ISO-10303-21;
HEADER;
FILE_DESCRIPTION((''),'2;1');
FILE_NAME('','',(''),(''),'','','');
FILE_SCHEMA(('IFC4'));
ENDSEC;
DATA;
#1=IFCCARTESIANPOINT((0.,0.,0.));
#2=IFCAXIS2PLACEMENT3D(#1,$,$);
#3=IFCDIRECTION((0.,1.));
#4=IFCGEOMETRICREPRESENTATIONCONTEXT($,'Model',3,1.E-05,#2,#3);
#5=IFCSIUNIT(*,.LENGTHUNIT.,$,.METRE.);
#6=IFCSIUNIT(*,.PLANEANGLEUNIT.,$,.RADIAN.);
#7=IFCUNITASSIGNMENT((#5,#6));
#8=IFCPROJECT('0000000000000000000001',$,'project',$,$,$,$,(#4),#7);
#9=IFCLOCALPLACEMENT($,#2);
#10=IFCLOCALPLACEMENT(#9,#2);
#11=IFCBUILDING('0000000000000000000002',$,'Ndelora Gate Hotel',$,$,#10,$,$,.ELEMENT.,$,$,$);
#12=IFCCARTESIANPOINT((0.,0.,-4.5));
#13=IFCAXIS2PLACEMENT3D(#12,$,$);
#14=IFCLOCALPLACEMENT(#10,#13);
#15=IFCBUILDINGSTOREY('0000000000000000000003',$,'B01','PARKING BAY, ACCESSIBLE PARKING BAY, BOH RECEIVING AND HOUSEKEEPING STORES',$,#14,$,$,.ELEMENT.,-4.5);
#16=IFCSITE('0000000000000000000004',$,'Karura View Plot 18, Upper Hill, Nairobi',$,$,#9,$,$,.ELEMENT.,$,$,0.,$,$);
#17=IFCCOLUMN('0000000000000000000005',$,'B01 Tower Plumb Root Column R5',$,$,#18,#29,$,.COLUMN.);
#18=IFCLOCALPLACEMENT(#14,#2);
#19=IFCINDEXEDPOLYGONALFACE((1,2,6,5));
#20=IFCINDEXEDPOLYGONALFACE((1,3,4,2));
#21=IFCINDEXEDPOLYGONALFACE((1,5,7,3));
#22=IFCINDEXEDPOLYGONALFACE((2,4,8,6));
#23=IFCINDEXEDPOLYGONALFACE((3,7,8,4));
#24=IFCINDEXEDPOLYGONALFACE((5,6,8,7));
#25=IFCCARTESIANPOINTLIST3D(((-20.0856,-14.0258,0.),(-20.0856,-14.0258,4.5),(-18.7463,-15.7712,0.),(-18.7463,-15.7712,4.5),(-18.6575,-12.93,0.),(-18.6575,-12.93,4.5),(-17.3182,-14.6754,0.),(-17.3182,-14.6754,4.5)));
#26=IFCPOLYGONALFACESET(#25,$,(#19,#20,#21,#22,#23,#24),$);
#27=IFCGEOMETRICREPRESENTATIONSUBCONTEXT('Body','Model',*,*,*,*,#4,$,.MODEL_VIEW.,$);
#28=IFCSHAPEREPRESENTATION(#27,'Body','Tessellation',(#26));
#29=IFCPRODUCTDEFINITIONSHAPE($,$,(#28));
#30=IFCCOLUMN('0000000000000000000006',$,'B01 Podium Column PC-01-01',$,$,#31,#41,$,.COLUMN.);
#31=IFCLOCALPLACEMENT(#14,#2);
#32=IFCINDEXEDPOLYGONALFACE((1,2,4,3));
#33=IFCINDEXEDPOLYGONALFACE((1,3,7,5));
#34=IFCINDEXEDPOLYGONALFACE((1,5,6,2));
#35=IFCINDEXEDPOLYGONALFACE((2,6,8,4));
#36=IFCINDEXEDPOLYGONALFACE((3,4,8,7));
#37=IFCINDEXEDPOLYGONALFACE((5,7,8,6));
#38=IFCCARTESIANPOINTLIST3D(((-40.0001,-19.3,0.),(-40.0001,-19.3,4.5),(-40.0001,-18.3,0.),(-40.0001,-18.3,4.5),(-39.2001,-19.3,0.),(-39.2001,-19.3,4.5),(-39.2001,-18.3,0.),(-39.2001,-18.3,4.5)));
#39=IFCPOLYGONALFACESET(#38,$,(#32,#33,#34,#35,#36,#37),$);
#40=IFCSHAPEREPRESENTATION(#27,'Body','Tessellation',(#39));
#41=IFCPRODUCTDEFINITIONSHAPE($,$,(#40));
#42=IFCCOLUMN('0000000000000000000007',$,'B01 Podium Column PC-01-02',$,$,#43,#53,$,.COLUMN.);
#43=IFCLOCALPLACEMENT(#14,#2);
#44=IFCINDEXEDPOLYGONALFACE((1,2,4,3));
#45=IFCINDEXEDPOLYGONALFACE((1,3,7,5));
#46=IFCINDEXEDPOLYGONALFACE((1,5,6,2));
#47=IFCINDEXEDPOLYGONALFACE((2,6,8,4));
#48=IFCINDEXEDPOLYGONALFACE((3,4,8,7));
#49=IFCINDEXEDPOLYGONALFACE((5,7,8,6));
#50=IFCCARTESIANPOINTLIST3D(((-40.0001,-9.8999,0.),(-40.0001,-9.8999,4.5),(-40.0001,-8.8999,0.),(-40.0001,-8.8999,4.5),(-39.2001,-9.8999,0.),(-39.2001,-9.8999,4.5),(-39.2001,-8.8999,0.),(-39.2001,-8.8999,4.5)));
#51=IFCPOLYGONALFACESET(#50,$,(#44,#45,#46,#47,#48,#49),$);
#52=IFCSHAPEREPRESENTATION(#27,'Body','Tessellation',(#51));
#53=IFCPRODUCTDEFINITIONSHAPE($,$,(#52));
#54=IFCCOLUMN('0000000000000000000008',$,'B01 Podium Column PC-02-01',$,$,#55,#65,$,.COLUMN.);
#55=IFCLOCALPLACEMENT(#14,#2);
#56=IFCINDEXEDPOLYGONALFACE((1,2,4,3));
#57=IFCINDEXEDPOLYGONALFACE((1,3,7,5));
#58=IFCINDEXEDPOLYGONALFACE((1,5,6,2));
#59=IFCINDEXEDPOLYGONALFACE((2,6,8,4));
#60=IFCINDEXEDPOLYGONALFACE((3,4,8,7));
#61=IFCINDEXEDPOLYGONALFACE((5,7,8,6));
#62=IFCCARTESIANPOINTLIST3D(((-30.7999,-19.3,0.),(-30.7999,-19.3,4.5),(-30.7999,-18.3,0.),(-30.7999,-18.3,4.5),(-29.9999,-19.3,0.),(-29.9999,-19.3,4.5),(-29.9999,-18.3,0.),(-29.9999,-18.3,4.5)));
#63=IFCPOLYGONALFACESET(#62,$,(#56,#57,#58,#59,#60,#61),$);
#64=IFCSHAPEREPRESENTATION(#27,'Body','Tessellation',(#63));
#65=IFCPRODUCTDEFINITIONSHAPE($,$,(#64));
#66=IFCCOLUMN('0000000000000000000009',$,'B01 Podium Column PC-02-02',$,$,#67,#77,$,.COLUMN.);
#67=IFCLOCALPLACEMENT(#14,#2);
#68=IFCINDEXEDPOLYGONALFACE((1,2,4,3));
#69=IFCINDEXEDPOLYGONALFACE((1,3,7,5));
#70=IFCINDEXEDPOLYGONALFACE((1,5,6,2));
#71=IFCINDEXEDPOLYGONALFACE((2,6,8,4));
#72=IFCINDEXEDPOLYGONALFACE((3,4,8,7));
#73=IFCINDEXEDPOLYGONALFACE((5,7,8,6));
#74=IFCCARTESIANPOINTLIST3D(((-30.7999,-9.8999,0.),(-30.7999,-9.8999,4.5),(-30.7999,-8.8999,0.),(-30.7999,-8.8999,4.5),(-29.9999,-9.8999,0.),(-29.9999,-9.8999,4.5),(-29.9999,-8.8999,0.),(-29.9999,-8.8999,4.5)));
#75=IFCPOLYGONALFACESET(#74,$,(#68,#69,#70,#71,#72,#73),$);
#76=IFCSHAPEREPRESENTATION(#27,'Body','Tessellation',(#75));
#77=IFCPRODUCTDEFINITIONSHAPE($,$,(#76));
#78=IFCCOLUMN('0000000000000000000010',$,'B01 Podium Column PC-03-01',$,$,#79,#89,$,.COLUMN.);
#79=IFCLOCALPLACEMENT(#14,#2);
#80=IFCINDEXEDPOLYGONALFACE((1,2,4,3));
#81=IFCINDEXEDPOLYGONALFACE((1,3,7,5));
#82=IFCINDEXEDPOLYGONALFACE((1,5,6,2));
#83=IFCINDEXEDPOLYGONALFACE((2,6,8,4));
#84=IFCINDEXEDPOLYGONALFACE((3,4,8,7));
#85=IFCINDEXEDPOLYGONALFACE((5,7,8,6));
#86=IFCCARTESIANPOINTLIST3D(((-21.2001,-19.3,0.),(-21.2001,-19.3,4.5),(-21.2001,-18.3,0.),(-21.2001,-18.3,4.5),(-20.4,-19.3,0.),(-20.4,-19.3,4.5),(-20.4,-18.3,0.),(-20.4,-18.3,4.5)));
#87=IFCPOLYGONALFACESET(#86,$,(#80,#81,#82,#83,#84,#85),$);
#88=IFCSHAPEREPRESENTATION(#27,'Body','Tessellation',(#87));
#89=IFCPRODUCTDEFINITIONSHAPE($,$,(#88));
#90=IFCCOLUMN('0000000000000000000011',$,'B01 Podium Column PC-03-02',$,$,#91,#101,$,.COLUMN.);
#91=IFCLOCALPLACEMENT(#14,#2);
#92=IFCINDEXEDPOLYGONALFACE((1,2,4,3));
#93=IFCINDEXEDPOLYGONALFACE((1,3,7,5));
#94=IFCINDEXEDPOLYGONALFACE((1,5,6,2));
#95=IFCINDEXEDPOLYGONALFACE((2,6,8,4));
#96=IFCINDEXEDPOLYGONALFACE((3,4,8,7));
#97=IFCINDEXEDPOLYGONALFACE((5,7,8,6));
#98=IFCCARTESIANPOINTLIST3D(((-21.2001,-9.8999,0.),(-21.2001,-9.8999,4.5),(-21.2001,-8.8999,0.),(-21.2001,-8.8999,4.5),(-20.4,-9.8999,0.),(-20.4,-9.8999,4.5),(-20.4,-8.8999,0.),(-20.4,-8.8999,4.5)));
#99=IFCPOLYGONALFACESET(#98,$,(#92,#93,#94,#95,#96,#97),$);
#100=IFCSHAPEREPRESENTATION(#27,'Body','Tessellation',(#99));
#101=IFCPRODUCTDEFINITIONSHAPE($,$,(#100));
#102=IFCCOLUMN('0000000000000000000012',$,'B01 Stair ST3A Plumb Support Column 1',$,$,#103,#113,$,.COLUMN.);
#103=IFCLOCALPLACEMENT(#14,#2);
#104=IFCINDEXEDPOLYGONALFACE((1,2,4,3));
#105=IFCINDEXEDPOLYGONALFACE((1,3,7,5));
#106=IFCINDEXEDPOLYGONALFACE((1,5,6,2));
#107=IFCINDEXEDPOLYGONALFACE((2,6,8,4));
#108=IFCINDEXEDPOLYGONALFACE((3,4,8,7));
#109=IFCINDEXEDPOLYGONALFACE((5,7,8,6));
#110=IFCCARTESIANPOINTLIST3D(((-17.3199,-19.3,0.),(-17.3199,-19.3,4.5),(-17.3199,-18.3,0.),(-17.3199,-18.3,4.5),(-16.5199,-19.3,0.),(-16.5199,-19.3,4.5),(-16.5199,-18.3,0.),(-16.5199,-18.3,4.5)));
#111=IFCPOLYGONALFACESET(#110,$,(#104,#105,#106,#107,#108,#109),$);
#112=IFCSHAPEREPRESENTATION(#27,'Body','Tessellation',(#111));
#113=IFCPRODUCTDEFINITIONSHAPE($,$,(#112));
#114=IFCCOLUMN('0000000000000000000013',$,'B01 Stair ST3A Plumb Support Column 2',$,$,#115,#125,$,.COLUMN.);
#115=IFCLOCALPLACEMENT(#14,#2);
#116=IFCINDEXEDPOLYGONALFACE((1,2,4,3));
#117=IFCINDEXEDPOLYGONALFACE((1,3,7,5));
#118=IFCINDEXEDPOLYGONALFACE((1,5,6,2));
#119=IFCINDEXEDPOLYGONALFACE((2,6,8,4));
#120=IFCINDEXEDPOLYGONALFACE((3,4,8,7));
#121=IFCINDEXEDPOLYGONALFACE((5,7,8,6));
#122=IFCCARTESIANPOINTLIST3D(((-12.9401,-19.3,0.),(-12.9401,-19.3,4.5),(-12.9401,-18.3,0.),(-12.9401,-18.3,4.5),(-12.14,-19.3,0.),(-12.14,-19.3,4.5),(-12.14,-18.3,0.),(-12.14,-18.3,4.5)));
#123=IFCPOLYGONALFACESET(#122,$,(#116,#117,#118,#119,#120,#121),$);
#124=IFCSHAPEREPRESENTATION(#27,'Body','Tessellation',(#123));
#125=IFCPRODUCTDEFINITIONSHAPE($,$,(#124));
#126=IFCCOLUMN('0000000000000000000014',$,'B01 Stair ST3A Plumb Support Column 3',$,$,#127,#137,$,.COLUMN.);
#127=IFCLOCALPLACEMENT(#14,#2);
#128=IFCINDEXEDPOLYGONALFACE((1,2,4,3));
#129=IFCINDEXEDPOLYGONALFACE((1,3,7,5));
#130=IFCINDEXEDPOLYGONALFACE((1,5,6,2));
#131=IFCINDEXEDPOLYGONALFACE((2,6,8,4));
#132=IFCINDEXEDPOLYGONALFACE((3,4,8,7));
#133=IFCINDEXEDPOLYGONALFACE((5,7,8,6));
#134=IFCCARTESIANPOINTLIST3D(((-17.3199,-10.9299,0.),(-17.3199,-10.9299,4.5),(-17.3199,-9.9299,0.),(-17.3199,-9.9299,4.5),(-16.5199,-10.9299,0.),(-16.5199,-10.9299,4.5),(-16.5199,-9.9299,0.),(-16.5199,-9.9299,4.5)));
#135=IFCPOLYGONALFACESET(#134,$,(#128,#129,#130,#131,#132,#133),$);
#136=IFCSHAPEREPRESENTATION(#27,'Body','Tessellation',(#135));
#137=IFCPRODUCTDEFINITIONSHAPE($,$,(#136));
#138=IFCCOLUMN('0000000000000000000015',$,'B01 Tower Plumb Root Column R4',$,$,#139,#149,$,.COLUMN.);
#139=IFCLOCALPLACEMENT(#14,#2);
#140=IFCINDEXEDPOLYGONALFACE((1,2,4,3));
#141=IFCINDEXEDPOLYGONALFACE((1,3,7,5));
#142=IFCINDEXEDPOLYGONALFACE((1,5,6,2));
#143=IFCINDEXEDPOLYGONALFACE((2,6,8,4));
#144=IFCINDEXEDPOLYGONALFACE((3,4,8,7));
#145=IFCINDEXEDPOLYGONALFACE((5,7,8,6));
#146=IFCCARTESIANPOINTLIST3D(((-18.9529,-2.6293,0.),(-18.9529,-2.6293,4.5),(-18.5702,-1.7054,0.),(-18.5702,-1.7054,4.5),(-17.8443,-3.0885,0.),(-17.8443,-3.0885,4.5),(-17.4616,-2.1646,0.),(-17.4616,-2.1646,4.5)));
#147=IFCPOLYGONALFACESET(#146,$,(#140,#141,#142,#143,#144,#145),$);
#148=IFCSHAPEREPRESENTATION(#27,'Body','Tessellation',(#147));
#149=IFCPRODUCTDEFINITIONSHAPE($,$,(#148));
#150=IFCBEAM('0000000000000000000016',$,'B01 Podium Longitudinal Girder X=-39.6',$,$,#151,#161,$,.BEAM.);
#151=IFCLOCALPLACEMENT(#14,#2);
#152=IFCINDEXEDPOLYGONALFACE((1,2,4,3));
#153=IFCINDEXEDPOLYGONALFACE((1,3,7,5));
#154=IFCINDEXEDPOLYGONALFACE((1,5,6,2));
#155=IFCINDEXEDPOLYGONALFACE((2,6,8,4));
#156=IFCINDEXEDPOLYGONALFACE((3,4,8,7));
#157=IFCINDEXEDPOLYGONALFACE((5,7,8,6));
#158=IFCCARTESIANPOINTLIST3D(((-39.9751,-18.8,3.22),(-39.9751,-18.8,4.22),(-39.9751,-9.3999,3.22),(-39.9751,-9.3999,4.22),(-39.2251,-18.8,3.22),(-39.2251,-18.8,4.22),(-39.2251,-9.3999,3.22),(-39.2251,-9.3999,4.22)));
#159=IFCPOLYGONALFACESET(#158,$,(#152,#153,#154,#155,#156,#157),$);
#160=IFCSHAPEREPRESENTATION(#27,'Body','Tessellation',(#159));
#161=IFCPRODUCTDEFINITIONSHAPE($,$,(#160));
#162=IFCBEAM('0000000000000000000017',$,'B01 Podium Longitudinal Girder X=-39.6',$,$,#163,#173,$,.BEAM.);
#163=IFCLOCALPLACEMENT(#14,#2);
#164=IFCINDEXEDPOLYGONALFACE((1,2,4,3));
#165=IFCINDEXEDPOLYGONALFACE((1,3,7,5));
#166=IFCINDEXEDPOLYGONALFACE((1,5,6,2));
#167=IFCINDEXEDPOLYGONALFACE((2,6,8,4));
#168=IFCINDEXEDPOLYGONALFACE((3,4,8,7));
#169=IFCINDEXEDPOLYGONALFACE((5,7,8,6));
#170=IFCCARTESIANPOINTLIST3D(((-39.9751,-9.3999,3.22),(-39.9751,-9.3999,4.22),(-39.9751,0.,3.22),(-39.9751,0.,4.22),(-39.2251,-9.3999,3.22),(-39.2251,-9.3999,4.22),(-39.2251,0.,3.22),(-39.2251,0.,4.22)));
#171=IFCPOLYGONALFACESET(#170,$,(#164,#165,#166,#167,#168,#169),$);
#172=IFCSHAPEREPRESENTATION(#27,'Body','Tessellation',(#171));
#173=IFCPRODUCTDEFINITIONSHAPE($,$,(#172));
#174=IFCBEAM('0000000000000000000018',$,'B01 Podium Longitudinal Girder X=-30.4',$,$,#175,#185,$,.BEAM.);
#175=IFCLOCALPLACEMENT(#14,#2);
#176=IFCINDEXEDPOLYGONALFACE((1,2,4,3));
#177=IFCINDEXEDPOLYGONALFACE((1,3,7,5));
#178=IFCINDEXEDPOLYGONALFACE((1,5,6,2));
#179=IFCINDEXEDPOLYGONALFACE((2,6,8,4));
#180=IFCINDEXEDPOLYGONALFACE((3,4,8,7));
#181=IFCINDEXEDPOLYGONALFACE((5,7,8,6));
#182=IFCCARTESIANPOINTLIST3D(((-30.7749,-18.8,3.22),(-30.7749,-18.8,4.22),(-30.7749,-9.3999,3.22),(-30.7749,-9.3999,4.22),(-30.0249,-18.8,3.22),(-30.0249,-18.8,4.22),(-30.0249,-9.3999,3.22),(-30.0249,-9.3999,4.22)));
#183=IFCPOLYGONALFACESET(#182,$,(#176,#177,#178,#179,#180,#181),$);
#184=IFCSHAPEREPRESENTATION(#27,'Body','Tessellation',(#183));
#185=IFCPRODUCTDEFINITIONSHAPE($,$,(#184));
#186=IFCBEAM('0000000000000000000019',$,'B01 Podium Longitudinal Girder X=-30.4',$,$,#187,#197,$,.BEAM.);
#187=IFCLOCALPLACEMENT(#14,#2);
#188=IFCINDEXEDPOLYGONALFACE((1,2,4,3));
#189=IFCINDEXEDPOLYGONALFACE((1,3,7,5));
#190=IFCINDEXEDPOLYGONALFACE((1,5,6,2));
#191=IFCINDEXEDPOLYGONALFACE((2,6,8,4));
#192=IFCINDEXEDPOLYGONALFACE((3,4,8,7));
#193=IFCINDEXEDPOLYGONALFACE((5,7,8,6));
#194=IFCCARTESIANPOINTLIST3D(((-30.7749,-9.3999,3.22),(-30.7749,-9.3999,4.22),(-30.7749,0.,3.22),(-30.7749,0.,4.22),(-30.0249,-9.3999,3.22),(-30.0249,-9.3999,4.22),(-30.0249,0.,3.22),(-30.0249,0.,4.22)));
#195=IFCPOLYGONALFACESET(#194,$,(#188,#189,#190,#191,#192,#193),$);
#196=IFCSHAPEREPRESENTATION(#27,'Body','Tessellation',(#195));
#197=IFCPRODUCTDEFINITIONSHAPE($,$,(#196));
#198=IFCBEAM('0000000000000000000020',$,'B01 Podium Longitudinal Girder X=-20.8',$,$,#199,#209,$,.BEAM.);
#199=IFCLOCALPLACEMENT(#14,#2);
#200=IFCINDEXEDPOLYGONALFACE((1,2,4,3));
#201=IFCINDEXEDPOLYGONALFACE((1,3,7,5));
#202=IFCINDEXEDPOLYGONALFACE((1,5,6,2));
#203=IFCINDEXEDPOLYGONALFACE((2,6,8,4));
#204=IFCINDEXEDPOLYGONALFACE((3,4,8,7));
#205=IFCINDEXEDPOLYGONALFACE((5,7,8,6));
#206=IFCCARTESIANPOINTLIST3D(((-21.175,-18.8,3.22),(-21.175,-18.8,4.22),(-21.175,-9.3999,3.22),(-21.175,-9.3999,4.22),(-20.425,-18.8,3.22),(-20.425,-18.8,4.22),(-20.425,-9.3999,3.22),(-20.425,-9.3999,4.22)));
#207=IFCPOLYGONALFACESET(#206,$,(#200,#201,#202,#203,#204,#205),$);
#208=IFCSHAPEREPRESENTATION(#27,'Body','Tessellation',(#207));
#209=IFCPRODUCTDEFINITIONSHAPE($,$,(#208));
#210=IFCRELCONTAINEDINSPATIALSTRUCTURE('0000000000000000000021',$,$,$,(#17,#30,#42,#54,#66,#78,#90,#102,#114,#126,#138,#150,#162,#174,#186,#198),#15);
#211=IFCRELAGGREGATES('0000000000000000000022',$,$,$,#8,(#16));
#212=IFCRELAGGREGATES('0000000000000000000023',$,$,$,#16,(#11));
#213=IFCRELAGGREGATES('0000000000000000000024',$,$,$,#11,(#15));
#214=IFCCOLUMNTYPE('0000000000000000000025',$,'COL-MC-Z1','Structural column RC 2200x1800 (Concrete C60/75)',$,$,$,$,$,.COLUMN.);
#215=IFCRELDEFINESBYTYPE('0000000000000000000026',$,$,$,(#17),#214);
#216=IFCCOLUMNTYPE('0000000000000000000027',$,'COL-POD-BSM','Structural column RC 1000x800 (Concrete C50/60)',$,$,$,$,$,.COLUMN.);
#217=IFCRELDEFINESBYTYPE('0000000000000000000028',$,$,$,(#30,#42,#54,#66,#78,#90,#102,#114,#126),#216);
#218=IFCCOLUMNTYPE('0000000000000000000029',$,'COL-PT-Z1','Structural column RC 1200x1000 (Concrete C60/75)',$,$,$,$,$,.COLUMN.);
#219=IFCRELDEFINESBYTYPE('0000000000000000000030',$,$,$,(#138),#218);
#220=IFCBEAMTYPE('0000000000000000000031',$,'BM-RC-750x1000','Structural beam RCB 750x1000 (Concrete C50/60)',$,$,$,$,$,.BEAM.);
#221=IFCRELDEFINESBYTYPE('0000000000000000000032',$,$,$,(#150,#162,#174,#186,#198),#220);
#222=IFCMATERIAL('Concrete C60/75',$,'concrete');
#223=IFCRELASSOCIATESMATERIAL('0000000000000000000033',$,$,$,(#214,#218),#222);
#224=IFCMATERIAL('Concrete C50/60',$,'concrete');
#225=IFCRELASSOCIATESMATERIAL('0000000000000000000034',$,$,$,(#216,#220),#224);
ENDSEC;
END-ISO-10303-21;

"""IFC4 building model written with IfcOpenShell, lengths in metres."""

from ifc_helpers import new_model, si_unit, direction, frame, origin, origin_2d, place, context, subcontext, project, spatial, rectangle, extrude, material, material_profile, profile_set, type_object, element, save


model = new_model("IFC4")

# Units and contexts
model_context = context("Model", 3, precision=1e-05, world=origin(), true_north=direction((0.0, 1.0)))
body_context = subcontext(model_context, "Body", "Model", "MODEL_VIEW")
ifc_project = project(units=[si_unit("LENGTHUNIT", "METRE"), si_unit("PLANEANGLEUNIT", "RADIAN")], contexts=[model_context])

# Site, building, storey
site_placement = place(None, origin())
site = spatial("IfcSite", under=ifc_project, at=site_placement, Name="Karura View Plot 18, Upper Hill, Nairobi", CompositionType="ELEMENT", RefElevation=0.0)
building_placement = place(site_placement, origin())
building = spatial("IfcBuilding", under=site, at=building_placement, Name="Ndelora Gate Hotel", CompositionType="ELEMENT")
storey_placement = place(building_placement, frame((0.0, 0.0, -4.5)))
storey = spatial("IfcBuildingStorey", under=building, at=storey_placement, Name="B01", Description="PARKING BAY, ACCESSIBLE PARKING BAY, BOH RECEIVING AND HOUSEKEEPING STORES", CompositionType="ELEMENT", Elevation=-4.5)

# Columns
ifc_material_1 = material(Name="Concrete C60/75", Category="concrete")
ifc_material_profile_1 = material_profile(ifc_material_1, rectangle(XDim=1.8, YDim=2.2, at=origin_2d()), Name="RC 2200x1800")
ifc_profile_set_1 = profile_set([ifc_material_profile_1], Name="Concrete C60/75")
column_type_1 = type_object("IfcColumnType", Name="COL-MC-Z1", Description="Structural column RC 2200x1800 (Concrete C60/75)", PredefinedType="COLUMN", material=ifc_profile_set_1)
column_1_placement = place(storey_placement, frame((-18.7019, -14.3506, 0.0), z_axis=(0.0, 0.0, 1.0), x_axis=(0.793353, 0.608761, 0.0)))
element("IfcColumn", 1, at=column_1_placement, inside=storey, type_object=column_type_1, Name="B01 Tower Plumb Root Column R5", PredefinedType="COLUMN", context=body_context, shape_type="SweptSolid", body=[
    extrude(rectangle(XDim=1.8, YDim=2.2, at=origin_2d()), origin(), (0.0, 0.0, 1.0), 4.5),
])
ifc_material_2 = material(Name="Concrete C50/60", Category="concrete")
ifc_material_profile_2 = material_profile(ifc_material_2, rectangle(XDim=0.8, YDim=1.0, at=origin_2d()), Name="RC 1000x800")
ifc_profile_set_2 = profile_set([ifc_material_profile_2], Name="Concrete C50/60")
column_type_2 = type_object("IfcColumnType", Name="COL-POD-BSM", Description="Structural column RC 1000x800 (Concrete C50/60)", PredefinedType="COLUMN", material=ifc_profile_set_2)
for number, where, z_axis, x_axis, name in (
    (2, (-39.6001, -18.8, 0.0), (0.0, 0.0, 1.0), (1.0, 0.0, 0.0), "B01 Podium Column PC-01-01"),
    (3, (-39.6001, -9.3999, 0.0), (0.0, 0.0, 1.0), (1.0, 0.0, 0.0), "B01 Podium Column PC-01-02"),
    (4, (-30.3999, -18.8, 0.0), (0.0, 0.0, 1.0), (1.0, 0.0, 0.0), "B01 Podium Column PC-02-01"),
    (5, (-30.3999, -9.3999, 0.0), (0.0, 0.0, 1.0), (1.0, 0.0, 0.0), "B01 Podium Column PC-02-02"),
    (6, (-20.8, -18.8, 0.0), (0.0, 0.0, 1.0), (1.0, 0.0, 0.0), "B01 Podium Column PC-03-01"),
    (7, (-20.8, -9.3999, 0.0), (0.0, 0.0, 1.0), (1.0, 0.0, 0.0), "B01 Podium Column PC-03-02"),
    (8, (-16.9199, -18.8, 0.0), (0.0, 0.0, 1.0), (1.0, 0.0, 0.0), "B01 Stair ST3A Plumb Support Column 1"),
    (9, (-12.54, -18.8, 0.0), (0.0, 0.0, 1.0), (1.0, 0.0, 0.0), "B01 Stair ST3A Plumb Support Column 2"),
    (10, (-16.9199, -10.4299, 0.0), (0.0, 0.0, 1.0), (1.0, 0.0, 0.0), "B01 Stair ST3A Plumb Support Column 3"),
):
    element("IfcColumn", number, at=place(storey_placement, frame(where, z_axis=z_axis, x_axis=x_axis)), inside=storey, type_object=column_type_2, Name=name, PredefinedType="COLUMN", context=body_context, shape_type="SweptSolid", body=[
        extrude(rectangle(XDim=0.8, YDim=1.0, at=origin_2d()), origin(), (0.0, 0.0, 1.0), 4.5),
    ])
ifc_material_profile_3 = material_profile(ifc_material_1, rectangle(XDim=1.0, YDim=1.2, at=origin_2d()), Name="RC 1200x1000")
ifc_profile_set_3 = profile_set([ifc_material_profile_3], Name="Concrete C60/75")
column_type_3 = type_object("IfcColumnType", Name="COL-PT-Z1", Description="Structural column RC 1200x1000 (Concrete C60/75)", PredefinedType="COLUMN", material=ifc_profile_set_3)
column_2_placement = place(storey_placement, frame((-18.2073, -2.397, 0.0), z_axis=(0.0, 0.0, 1.0), x_axis=(0.382683, 0.92388, 0.0)))
element("IfcColumn", 11, at=column_2_placement, inside=storey, type_object=column_type_3, Name="B01 Tower Plumb Root Column R4", PredefinedType="COLUMN", context=body_context, shape_type="SweptSolid", body=[
    extrude(rectangle(XDim=1.0, YDim=1.2, at=origin_2d()), origin(), (0.0, 0.0, 1.0), 4.5),
])

# Beams
ifc_material_profile_4 = material_profile(ifc_material_2, rectangle(XDim=0.75, YDim=1.0, at=origin_2d()), Name="RCB 750x1000")
ifc_profile_set_4 = profile_set([ifc_material_profile_4], Name="Concrete C50/60")
beam_type_1 = type_object("IfcBeamType", Name="BM-RC-750x1000", Description="Structural beam RCB 750x1000 (Concrete C50/60)", PredefinedType="BEAM", material=ifc_profile_set_4)
beam_1_placement = place(storey_placement, frame((-39.6001, -18.8, 3.72), z_axis=(0.0, 1.0, 0.0), x_axis=(-1.0, 0.0, 0.0)))
element("IfcBeam", 12, at=beam_1_placement, inside=storey, type_object=beam_type_1, Name="B01 Podium Longitudinal Girder X=-39.6", PredefinedType="BEAM", context=body_context, shape_type="SweptSolid", body=[
    extrude(rectangle(XDim=0.75, YDim=1.0, at=origin_2d()), origin(), (0.0, 0.0, 1.0), 9.4001),
])
beam_2_placement = place(storey_placement, frame((-39.6001, -9.3999, 3.72), z_axis=(0.0, 1.0, 0.0), x_axis=(-1.0, 0.0, 0.0)))
element("IfcBeam", 13, at=beam_2_placement, inside=storey, type_object=beam_type_1, Name="B01 Podium Longitudinal Girder X=-39.6", PredefinedType="BEAM", context=body_context, shape_type="SweptSolid", body=[
    extrude(rectangle(XDim=0.75, YDim=1.0, at=origin_2d()), origin(), (0.0, 0.0, 1.0), 9.3999),
])
beam_3_placement = place(storey_placement, frame((-30.3999, -18.8, 3.72), z_axis=(0.0, 1.0, 0.0), x_axis=(-1.0, 0.0, 0.0)))
element("IfcBeam", 14, at=beam_3_placement, inside=storey, type_object=beam_type_1, Name="B01 Podium Longitudinal Girder X=-30.4", PredefinedType="BEAM", context=body_context, shape_type="SweptSolid", body=[
    extrude(rectangle(XDim=0.75, YDim=1.0, at=origin_2d()), origin(), (0.0, 0.0, 1.0), 9.4001),
])
beam_4_placement = place(storey_placement, frame((-30.3999, -9.3999, 3.72), z_axis=(0.0, 1.0, 0.0), x_axis=(-1.0, 0.0, 0.0)))
element("IfcBeam", 15, at=beam_4_placement, inside=storey, type_object=beam_type_1, Name="B01 Podium Longitudinal Girder X=-30.4", PredefinedType="BEAM", context=body_context, shape_type="SweptSolid", body=[
    extrude(rectangle(XDim=0.75, YDim=1.0, at=origin_2d()), origin(), (0.0, 0.0, 1.0), 9.3999),
])
beam_5_placement = place(storey_placement, frame((-20.8, -18.8, 3.72), z_axis=(0.0, 1.0, 0.0), x_axis=(-1.0, 0.0, 0.0)))
element("IfcBeam", 16, at=beam_5_placement, inside=storey, type_object=beam_type_1, Name="B01 Podium Longitudinal Girder X=-20.8", PredefinedType="BEAM", context=body_context, shape_type="SweptSolid", body=[
    extrude(rectangle(XDim=0.75, YDim=1.0, at=origin_2d()), origin(), (0.0, 0.0, 1.0), 9.4001),
])

save(model, "model.ifc")
